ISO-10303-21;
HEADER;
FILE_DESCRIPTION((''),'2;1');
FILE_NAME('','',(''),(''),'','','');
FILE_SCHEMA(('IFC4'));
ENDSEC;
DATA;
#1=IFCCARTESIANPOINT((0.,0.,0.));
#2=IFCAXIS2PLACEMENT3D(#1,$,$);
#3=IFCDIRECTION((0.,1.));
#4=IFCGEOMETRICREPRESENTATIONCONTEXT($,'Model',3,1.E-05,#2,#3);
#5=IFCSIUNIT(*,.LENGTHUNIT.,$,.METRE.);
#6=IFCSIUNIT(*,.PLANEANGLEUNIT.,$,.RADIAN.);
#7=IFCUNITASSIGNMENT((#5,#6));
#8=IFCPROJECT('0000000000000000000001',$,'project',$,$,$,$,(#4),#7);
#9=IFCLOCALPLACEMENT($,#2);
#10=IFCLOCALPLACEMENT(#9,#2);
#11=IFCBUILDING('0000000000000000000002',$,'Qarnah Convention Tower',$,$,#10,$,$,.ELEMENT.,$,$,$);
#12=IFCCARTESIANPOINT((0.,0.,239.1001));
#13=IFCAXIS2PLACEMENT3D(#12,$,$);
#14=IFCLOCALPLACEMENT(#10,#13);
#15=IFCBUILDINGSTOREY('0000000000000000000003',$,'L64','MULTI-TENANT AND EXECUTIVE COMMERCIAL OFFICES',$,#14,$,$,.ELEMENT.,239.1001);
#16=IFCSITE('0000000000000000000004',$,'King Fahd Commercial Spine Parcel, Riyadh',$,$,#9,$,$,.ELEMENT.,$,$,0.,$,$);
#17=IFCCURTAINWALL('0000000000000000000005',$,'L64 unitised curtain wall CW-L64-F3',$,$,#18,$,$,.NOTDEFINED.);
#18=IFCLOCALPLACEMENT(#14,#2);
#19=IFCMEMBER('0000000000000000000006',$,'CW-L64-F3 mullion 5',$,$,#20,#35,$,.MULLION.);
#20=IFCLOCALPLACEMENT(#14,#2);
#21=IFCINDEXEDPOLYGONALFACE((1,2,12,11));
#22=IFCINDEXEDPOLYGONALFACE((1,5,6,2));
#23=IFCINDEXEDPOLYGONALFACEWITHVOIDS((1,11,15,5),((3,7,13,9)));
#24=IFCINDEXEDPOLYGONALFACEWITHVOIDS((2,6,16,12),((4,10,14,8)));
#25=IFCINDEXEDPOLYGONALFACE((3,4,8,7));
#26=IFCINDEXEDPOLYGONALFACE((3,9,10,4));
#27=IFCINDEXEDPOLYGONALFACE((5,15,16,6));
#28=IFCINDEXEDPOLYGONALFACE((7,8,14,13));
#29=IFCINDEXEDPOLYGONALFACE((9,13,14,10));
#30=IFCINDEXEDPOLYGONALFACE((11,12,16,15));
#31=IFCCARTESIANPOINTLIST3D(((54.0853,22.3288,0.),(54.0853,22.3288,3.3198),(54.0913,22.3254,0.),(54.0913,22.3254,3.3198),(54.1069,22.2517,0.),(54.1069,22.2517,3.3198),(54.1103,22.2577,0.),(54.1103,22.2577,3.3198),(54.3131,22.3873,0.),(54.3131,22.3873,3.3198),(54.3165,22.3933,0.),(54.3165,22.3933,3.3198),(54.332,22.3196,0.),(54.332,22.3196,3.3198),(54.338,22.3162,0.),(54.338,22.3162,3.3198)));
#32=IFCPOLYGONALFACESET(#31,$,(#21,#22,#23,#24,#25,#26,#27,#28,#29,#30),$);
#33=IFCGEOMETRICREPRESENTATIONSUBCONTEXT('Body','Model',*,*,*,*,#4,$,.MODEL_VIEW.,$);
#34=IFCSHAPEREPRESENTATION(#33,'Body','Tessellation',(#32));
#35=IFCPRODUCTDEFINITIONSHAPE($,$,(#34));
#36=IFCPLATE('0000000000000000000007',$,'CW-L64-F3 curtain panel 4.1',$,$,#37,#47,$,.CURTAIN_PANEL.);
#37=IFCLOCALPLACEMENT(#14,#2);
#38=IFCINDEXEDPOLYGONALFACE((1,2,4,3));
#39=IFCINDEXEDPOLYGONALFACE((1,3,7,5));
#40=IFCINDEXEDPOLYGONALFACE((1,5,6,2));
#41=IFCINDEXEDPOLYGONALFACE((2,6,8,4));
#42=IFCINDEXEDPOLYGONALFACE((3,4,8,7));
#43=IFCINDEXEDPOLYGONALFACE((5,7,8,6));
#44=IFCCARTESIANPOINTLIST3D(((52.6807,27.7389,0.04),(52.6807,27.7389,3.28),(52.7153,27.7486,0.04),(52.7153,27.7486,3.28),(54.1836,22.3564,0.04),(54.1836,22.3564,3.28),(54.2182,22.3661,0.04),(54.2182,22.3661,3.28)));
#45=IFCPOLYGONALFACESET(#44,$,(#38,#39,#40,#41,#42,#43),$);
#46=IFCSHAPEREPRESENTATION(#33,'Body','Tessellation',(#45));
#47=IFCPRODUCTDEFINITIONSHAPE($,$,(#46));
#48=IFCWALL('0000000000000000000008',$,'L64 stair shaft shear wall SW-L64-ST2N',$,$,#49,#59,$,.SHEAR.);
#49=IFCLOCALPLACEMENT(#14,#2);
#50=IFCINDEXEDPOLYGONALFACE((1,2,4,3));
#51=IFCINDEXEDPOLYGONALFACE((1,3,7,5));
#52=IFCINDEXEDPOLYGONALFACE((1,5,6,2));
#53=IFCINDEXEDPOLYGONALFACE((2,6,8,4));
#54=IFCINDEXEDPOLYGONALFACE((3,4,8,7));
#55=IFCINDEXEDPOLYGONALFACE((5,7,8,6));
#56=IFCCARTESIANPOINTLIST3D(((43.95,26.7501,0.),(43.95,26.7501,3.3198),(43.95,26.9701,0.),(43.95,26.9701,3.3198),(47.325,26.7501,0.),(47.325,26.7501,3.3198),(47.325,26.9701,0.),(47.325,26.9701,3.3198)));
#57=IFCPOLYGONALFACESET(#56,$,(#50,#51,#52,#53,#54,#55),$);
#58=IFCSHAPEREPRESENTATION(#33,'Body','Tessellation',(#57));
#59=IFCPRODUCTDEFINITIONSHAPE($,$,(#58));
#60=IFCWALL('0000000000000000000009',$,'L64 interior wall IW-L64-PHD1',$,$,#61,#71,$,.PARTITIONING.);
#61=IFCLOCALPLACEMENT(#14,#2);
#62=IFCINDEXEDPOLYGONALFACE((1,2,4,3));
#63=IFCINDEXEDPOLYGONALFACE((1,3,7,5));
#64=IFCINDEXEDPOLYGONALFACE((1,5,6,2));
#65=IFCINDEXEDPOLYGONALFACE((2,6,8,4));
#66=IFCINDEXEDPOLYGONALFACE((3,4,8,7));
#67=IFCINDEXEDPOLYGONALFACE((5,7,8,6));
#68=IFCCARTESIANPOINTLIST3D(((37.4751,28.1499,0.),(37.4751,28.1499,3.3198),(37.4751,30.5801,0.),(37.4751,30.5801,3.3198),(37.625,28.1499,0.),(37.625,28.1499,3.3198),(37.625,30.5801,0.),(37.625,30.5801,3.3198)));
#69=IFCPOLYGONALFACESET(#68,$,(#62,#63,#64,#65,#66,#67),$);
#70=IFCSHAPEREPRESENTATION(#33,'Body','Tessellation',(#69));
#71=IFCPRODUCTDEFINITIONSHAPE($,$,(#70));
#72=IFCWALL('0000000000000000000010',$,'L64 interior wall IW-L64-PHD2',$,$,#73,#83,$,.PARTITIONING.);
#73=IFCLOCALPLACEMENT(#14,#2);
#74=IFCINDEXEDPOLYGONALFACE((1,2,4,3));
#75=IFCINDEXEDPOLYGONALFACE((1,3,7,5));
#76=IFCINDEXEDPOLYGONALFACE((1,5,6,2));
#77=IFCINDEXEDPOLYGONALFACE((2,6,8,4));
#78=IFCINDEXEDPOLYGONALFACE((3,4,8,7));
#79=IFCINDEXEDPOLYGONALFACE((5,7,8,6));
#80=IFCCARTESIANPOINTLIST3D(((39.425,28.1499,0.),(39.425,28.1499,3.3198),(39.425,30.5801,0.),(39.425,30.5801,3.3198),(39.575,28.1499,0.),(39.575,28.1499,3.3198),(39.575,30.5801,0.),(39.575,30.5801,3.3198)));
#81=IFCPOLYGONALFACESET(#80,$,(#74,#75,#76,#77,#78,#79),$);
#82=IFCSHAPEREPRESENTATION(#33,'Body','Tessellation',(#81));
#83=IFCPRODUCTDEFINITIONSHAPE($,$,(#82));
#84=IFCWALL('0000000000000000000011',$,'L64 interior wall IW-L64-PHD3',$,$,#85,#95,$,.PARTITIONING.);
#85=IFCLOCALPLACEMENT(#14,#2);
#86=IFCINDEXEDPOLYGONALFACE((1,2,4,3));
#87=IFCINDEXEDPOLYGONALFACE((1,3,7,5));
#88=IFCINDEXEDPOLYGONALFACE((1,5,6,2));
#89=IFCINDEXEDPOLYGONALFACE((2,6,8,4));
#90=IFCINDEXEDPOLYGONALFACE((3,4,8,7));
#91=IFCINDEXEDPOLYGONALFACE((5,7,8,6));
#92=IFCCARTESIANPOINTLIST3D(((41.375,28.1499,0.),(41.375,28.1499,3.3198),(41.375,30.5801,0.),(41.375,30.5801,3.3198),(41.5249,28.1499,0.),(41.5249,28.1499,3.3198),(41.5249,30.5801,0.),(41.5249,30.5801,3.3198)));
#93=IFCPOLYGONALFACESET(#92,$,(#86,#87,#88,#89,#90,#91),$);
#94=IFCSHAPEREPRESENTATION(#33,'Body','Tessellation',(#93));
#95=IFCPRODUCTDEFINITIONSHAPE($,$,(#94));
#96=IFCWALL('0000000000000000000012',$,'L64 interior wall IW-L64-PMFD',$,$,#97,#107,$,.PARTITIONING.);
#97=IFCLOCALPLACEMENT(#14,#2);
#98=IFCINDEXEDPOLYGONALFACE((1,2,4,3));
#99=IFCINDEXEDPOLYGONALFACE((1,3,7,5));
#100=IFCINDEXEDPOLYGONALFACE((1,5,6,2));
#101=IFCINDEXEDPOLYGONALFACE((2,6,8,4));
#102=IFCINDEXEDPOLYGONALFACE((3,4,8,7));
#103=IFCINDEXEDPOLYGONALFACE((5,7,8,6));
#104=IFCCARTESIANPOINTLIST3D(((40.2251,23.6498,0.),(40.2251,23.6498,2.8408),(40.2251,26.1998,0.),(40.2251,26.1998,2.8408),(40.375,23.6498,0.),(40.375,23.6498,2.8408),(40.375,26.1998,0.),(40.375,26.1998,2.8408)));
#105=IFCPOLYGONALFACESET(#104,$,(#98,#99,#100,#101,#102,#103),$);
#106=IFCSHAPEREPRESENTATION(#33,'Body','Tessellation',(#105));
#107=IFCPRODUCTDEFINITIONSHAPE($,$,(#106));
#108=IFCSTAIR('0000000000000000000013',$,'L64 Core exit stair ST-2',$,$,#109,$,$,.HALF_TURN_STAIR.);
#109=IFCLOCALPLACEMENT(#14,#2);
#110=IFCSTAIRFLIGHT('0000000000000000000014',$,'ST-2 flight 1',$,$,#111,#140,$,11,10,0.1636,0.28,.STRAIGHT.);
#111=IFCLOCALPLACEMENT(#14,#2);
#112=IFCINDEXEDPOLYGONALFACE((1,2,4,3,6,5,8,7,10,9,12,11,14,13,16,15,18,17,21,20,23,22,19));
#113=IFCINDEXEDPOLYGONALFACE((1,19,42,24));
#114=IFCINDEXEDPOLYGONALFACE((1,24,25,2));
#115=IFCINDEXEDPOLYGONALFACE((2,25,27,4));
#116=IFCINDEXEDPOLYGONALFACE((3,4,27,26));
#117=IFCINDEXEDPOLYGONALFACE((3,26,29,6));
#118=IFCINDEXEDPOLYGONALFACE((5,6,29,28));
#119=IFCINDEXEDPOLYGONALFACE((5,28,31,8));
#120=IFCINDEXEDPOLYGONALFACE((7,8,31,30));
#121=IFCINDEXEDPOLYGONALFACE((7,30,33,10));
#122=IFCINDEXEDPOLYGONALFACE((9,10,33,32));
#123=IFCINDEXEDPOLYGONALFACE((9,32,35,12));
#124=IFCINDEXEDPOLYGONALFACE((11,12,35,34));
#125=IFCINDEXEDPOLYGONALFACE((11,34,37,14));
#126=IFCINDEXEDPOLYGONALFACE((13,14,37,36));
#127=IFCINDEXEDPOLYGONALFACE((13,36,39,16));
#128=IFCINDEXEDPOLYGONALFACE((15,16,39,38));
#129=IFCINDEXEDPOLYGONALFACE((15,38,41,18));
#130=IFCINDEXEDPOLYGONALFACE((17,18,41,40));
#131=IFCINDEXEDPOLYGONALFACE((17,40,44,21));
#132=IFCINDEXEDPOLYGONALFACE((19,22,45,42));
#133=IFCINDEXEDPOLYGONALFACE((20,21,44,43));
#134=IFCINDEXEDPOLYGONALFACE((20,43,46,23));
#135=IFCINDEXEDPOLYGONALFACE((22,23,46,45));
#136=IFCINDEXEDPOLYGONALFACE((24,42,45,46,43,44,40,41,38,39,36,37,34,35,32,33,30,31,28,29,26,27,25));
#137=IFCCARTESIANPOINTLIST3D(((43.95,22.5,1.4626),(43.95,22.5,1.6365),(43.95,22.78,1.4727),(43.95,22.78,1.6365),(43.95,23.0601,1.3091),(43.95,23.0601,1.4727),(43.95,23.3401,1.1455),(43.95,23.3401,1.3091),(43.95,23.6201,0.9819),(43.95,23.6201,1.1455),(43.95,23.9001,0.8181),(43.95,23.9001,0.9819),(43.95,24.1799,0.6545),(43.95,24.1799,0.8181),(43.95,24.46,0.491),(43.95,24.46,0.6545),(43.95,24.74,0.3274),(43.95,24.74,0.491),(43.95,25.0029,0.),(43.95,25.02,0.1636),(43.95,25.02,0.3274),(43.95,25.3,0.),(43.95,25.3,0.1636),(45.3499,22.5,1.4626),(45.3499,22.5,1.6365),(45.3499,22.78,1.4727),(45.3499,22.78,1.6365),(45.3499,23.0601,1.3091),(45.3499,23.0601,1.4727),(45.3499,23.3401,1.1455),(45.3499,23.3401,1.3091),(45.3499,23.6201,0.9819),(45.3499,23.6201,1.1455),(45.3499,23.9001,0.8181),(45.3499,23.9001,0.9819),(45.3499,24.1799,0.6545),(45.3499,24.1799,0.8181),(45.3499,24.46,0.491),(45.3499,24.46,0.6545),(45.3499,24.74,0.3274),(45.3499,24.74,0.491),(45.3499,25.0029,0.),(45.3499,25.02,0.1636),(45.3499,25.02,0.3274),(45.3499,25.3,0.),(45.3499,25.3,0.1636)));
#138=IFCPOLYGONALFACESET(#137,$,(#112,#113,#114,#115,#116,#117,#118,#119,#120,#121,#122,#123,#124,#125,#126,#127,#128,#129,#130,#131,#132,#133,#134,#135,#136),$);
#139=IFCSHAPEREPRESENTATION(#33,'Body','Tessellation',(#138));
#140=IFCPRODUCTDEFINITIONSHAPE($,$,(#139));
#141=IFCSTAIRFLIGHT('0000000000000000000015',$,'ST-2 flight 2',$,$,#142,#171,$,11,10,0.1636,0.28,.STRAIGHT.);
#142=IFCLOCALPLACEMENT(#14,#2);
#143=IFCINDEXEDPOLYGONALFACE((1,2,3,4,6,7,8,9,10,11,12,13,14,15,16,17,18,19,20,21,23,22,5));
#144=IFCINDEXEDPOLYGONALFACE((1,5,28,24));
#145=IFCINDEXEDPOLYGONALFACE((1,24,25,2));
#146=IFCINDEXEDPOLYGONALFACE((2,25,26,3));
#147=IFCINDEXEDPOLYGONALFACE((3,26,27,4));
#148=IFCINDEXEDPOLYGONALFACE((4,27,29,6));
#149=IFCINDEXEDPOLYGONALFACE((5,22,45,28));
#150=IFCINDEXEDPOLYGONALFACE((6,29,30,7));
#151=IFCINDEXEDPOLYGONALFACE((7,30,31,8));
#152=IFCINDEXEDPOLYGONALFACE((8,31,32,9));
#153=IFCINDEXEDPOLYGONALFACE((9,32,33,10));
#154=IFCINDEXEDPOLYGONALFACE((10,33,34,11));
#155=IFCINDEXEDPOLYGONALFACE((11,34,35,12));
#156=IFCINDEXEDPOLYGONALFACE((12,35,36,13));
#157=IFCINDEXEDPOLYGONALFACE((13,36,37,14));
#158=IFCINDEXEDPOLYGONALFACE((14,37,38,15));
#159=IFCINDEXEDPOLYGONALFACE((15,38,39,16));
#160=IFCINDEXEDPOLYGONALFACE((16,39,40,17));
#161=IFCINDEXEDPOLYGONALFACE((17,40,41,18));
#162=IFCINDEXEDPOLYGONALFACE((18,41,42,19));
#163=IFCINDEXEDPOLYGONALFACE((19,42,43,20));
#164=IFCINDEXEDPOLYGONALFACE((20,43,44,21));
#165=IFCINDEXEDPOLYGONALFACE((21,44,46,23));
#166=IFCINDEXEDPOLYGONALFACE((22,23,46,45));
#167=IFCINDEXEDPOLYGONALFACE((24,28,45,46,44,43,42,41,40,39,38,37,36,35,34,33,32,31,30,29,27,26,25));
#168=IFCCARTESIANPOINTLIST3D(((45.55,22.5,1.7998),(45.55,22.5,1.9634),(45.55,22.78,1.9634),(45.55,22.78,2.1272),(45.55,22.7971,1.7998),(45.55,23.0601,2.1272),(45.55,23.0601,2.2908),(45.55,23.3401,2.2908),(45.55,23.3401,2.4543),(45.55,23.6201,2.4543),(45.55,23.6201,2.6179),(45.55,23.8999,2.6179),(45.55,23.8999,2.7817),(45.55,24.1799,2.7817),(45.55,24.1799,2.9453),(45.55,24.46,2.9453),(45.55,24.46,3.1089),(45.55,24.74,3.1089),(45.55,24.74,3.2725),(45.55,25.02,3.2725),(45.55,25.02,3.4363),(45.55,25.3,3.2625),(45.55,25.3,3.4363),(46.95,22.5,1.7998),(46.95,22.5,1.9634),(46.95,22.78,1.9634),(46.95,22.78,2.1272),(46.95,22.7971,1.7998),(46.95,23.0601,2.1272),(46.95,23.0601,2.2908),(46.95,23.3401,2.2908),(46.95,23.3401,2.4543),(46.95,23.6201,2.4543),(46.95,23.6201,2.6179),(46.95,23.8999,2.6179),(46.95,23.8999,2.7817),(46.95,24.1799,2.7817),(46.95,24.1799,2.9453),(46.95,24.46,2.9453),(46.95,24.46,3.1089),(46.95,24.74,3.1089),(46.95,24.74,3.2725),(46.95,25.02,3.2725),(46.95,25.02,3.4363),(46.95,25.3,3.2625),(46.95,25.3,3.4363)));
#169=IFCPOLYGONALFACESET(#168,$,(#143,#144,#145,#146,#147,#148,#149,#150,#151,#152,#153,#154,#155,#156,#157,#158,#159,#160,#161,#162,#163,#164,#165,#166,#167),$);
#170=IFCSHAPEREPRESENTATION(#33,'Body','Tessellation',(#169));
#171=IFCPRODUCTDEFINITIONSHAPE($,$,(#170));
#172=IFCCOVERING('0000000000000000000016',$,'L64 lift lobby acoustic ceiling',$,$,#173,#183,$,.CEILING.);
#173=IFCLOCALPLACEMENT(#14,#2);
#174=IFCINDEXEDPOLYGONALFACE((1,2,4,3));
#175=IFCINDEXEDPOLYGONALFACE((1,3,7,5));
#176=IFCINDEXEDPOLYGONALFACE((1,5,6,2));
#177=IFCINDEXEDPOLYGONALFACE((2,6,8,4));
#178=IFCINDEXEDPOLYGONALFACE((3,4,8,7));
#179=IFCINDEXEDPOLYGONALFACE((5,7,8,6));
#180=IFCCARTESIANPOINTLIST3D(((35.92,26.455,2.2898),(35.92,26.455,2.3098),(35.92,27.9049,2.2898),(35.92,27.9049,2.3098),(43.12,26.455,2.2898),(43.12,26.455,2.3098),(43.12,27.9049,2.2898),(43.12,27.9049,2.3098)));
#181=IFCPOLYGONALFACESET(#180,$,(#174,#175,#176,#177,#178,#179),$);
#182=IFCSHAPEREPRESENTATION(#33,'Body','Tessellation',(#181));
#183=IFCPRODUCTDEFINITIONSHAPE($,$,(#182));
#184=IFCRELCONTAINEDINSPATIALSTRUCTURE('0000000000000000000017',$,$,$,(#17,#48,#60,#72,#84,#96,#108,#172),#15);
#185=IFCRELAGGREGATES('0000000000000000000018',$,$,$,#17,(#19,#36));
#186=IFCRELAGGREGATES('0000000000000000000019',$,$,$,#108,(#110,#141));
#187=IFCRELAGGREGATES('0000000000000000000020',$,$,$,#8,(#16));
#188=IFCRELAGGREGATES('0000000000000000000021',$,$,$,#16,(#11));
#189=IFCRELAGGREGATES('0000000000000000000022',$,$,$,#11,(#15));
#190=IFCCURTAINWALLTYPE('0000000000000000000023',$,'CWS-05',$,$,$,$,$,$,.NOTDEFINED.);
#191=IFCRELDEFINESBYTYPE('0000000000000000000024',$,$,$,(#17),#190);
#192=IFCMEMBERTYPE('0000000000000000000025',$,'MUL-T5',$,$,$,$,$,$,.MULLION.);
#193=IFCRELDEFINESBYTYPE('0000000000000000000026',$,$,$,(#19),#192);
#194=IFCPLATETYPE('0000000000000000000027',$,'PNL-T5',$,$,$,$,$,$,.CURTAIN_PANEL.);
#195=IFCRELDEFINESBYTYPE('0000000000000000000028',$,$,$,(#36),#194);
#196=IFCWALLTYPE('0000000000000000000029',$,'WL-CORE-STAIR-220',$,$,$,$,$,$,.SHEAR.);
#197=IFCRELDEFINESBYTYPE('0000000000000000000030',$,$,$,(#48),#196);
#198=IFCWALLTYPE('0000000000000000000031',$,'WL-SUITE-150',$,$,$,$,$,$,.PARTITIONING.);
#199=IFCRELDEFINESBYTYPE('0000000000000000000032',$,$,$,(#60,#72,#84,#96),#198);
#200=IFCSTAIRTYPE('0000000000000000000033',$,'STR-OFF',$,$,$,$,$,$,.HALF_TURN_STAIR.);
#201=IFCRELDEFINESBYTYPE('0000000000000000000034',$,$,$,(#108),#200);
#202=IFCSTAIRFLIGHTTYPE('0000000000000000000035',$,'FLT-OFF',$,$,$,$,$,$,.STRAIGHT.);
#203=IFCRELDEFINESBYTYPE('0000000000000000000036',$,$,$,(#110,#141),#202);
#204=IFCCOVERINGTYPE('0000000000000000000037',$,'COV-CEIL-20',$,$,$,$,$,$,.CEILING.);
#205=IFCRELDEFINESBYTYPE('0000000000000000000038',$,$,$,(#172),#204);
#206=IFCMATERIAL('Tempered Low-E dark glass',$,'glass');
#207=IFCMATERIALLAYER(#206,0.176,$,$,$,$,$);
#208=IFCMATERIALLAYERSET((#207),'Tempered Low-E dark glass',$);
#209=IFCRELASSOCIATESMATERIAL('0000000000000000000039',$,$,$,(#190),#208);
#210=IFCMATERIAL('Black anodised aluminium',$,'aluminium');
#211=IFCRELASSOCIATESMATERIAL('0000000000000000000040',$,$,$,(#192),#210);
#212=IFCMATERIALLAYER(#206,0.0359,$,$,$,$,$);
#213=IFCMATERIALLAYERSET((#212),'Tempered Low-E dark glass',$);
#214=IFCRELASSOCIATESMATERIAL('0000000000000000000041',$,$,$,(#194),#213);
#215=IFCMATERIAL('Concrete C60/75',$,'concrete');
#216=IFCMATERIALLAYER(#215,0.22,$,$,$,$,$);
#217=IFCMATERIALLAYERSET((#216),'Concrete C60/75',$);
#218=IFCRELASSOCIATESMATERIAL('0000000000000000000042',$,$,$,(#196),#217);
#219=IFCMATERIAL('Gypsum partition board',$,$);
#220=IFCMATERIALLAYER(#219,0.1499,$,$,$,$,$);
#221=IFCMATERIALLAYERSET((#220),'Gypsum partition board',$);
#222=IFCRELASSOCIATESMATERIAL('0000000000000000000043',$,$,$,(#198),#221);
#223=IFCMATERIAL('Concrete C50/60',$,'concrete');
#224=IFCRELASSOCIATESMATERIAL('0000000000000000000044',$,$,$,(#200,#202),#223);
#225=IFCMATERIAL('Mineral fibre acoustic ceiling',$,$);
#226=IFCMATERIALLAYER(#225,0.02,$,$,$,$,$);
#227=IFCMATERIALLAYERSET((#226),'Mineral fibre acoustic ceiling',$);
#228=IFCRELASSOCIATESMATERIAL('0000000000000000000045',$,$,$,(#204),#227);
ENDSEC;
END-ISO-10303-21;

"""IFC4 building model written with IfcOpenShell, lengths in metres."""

from ifc_helpers import new_model, si_unit, direction, frame, frame_2d, origin, origin_2d, place, context, subcontext, project, spatial, polyline, rectangle, hollow_rectangle, outline, extrude, material, layer, layer_set, material_profile, profile_set, type_object, element, aggregate, save


model = new_model("IFC4")

# Units and contexts
model_context = context("Model", 3, precision=1e-05, world=origin(), true_north=direction((0.0, 1.0)))
body_context = subcontext(model_context, "Body", "Model", "MODEL_VIEW")
ifc_project = project(units=[si_unit("LENGTHUNIT", "METRE"), si_unit("PLANEANGLEUNIT", "RADIAN")], contexts=[model_context])

# Site, building, storey
site_placement = place(None, origin())
site = spatial("IfcSite", under=ifc_project, at=site_placement, Name="King Fahd Commercial Spine Parcel, Riyadh", CompositionType="ELEMENT", RefElevation=0.0)
building_placement = place(site_placement, origin())
building = spatial("IfcBuilding", under=site, at=building_placement, Name="Qarnah Convention Tower", CompositionType="ELEMENT")
storey_placement = place(building_placement, frame((0.0, 0.0, 239.1001)))
storey = spatial("IfcBuildingStorey", under=building, at=storey_placement, Name="L64", Description="MULTI-TENANT AND EXECUTIVE COMMERCIAL OFFICES", CompositionType="ELEMENT", Elevation=239.1001)

# Curtain wall, member, plate
ifc_material_1 = material(Name="Tempered Low-E dark glass", Category="glass")
ifc_layer_1 = layer(ifc_material_1, 0.176)
ifc_layer_set_1 = layer_set([ifc_layer_1], Name="Tempered Low-E dark glass")
curtain_wall_type = type_object("IfcCurtainWallType", Name="CWS-05", PredefinedType="NOTDEFINED", material=ifc_layer_set_1)
curtain_wall_placement = place(storey_placement, origin())
curtain_wall = element("IfcCurtainWall", 1, at=curtain_wall_placement, inside=storey, type_object=curtain_wall_type, Name="L64 unitised curtain wall CW-L64-F3", PredefinedType="NOTDEFINED")
ifc_material_2 = material(Name="Black anodised aluminium", Category="aluminium")
ifc_material_profile_1 = material_profile(ifc_material_2, hollow_rectangle(XDim=0.0801, YDim=0.24, WallThickness=0.0049, at=origin_2d()), Name="MUL-80X240")
ifc_profile_set_1 = profile_set([ifc_material_profile_1], Name="Black anodised aluminium")
member_type = type_object("IfcMemberType", Name="MUL-T5", PredefinedType="MULLION", material=ifc_profile_set_1)
member_1_placement = place(storey_placement, frame((54.2117, 22.3225, 0.0), z_axis=(0.0, 0.0, 1.0), x_axis=(0.268928, -0.96316, 0.0)))
member_1 = element("IfcMember", 2, at=member_1_placement, type_object=member_type, Name="CW-L64-F3 mullion 5", PredefinedType="MULLION", context=body_context, shape_type="SweptSolid", body=[
    extrude(hollow_rectangle(XDim=0.0801, YDim=0.24, WallThickness=0.0049, at=origin_2d()), origin(), (0.0, 0.0, 1.0), 3.3198),
])
ifc_layer_2 = layer(ifc_material_1, 0.0359)
ifc_layer_set_2 = layer_set([ifc_layer_2], Name="Tempered Low-E dark glass")
plate_type = type_object("IfcPlateType", Name="PNL-T5", PredefinedType="CURTAIN_PANEL", material=ifc_layer_set_2)
plate_placement = place(storey_placement, frame((53.4495, 25.0525, 0.04), z_axis=(0.0, 0.0, 1.0), x_axis=(0.268928, -0.96316, 0.0)))
plate = element("IfcPlate", 3, at=plate_placement, type_object=plate_type, Name="CW-L64-F3 curtain panel 4.1", PredefinedType="CURTAIN_PANEL", context=body_context, shape_type="SweptSolid", body=[
    extrude(rectangle(XDim=5.5884, YDim=0.0359, at=origin_2d()), origin(), (0.0, 0.0, 1.0), 3.24),
])
aggregate(curtain_wall, [member_1, plate])

# Walls
ifc_material_3 = material(Name="Concrete C60/75", Category="concrete")
ifc_layer_3 = layer(ifc_material_3, 0.22)
ifc_layer_set_3 = layer_set([ifc_layer_3], Name="Concrete C60/75")
wall_type_1 = type_object("IfcWallType", Name="WL-CORE-STAIR-220", PredefinedType="SHEAR", material=ifc_layer_set_3)
wall_1_placement = place(storey_placement, frame((43.95, 26.8601, 0.0), z_axis=(0.0, 0.0, 1.0), x_axis=(1.0, 0.0, 0.0)))
element("IfcWall", 4, at=wall_1_placement, inside=storey, type_object=wall_type_1, Name="L64 stair shaft shear wall SW-L64-ST2N", PredefinedType="SHEAR", context=body_context, shape_type="SweptSolid", body=[
    extrude(rectangle(XDim=3.375, YDim=0.22, at=frame_2d((1.6875, 0.0))), origin(), (0.0, 0.0, 1.0), 3.3198),
])
ifc_material_4 = material(Name="Gypsum partition board")
ifc_layer_4 = layer(ifc_material_4, 0.1499)
ifc_layer_set_4 = layer_set([ifc_layer_4], Name="Gypsum partition board")
wall_type_2 = type_object("IfcWallType", Name="WL-SUITE-150", PredefinedType="PARTITIONING", material=ifc_layer_set_4)
for number, where, z_axis, x_axis, name in (
    (5, (37.55, 28.1499, 0.0), (0.0, 0.0, 1.0), (0.0, 1.0, 0.0), "L64 interior wall IW-L64-PHD1"),
    (6, (39.5, 28.1499, 0.0), (0.0, 0.0, 1.0), (0.0, 1.0, 0.0), "L64 interior wall IW-L64-PHD2"),
    (7, (41.45, 28.1499, 0.0), (0.0, 0.0, 1.0), (0.0, 1.0, 0.0), "L64 interior wall IW-L64-PHD3"),
):
    element("IfcWall", number, at=place(storey_placement, frame(where, z_axis=z_axis, x_axis=x_axis)), inside=storey, type_object=wall_type_2, Name=name, PredefinedType="PARTITIONING", context=body_context, shape_type="SweptSolid", body=[
        extrude(rectangle(XDim=2.4302, YDim=0.1499, at=frame_2d((1.2151, 0.0))), origin(), (0.0, 0.0, 1.0), 3.3198),
    ])
wall_2_placement = place(storey_placement, frame((40.3, 23.6499, 0.0), z_axis=(0.0, 0.0, 1.0), x_axis=(0.0, 1.0, 0.0)))
element("IfcWall", 8, at=wall_2_placement, inside=storey, type_object=wall_type_2, Name="L64 interior wall IW-L64-PMFD", PredefinedType="PARTITIONING", context=body_context, shape_type="SweptSolid", body=[
    extrude(rectangle(XDim=2.55, YDim=0.1499, at=frame_2d((1.2749, 0.0))), origin(), (0.0, 0.0, 1.0), 2.8408),
])

# Stair, stair flights
ifc_material_5 = material(Name="Concrete C50/60", Category="concrete")
stair_type = type_object("IfcStairType", Name="STR-OFF", PredefinedType="HALF_TURN_STAIR", material=ifc_material_5)
stair_placement = place(storey_placement, origin())
stair = element("IfcStair", 9, at=stair_placement, inside=storey, type_object=stair_type, Name="L64 Core exit stair ST-2", PredefinedType="HALF_TURN_STAIR")
stair_flight_type = type_object("IfcStairFlightType", Name="FLT-OFF", PredefinedType="STRAIGHT", material=ifc_material_5)
stair_flight_1_placement = place(storey_placement, frame((44.6499, 25.3, 0.0), z_axis=(0.0, 0.0, 1.0), x_axis=(0.0, -1.0, 0.0)))
stair_flight_1 = element("IfcStairFlight", 10, at=stair_flight_1_placement, type_object=stair_flight_type, Name="ST-2 flight 1", NumberOfRisers=11, NumberOfTreads=10, PredefinedType="STRAIGHT", RiserHeight=0.1636, TreadLength=0.28, context=body_context, shape_type="SweptSolid", body=[
    extrude(outline(polyline([(0.0, 0.0), (0.0, 0.1636), (0.28, 0.1636), (0.28, 0.3274), (0.5601, 0.3274), (0.5601, 0.491), (0.8401, 0.491), (0.8401, 0.6545), (1.1201, 0.6545), (1.1201, 0.8181), (1.3999, 0.8181), (1.3999, 0.9819), (1.6799, 0.9819), (1.6799, 1.1455), (1.96, 1.1455), (1.96, 1.3091), (2.24, 1.3091), (2.24, 1.4727), (2.52, 1.4727), (2.52, 1.6365), (2.8, 1.6365), (2.8, 1.8), (2.8, 1.4626), (0.2971, 0.0), (0.0, 0.0)])), frame((0.0, 0.7, 0.0), z_axis=(0.0, -1.0, 0.0), x_axis=(1.0, 0.0, 0.0)), (0.0, 0.0, 1.0), 1.3999),
])
stair_flight_2_placement = place(storey_placement, frame((46.25, 22.5, 1.7998), z_axis=(0.0, 0.0, 1.0), x_axis=(0.0, 1.0, 0.0)))
stair_flight_2 = element("IfcStairFlight", 11, at=stair_flight_2_placement, type_object=stair_flight_type, Name="ST-2 flight 2", NumberOfRisers=11, NumberOfTreads=10, PredefinedType="STRAIGHT", RiserHeight=0.1636, TreadLength=0.28, context=body_context, shape_type="SweptSolid", body=[
    extrude(outline(polyline([(0.0, 0.0), (0.0, 0.1636), (0.28, 0.1636), (0.28, 0.3274), (0.5601, 0.3274), (0.5601, 0.491), (0.8401, 0.491), (0.8401, 0.6545), (1.1201, 0.6545), (1.1201, 0.8181), (1.3999, 0.8181), (1.3999, 0.9819), (1.6799, 0.9819), (1.6799, 1.1455), (1.96, 1.1455), (1.96, 1.3091), (2.24, 1.3091), (2.24, 1.4727), (2.52, 1.4727), (2.52, 1.6365), (2.8, 1.6365), (2.8, 1.8), (2.8, 1.4626), (0.2971, 0.0), (0.0, 0.0)])), frame((0.0, 0.7, 0.0), z_axis=(0.0, -1.0, 0.0), x_axis=(1.0, 0.0, 0.0)), (0.0, 0.0, 1.0), 1.3999),
])
aggregate(stair, [stair_flight_1, stair_flight_2])

# Covering
ifc_material_6 = material(Name="Mineral fibre acoustic ceiling")
ifc_layer_5 = layer(ifc_material_6, 0.02)
ifc_layer_set_5 = layer_set([ifc_layer_5], Name="Mineral fibre acoustic ceiling")
covering_type = type_object("IfcCoveringType", Name="COV-CEIL-20", PredefinedType="CEILING", material=ifc_layer_set_5)
covering_placement = place(storey_placement, frame((39.52, 27.1799, 2.2898), z_axis=(0.0, 0.0, 1.0), x_axis=(1.0, 0.0, 0.0)))
element("IfcCovering", 12, at=covering_placement, inside=storey, type_object=covering_type, Name="L64 lift lobby acoustic ceiling", PredefinedType="CEILING", context=body_context, shape_type="SweptSolid", body=[
    extrude(rectangle(XDim=7.2, YDim=1.45, at=origin_2d()), origin(), (0.0, 0.0, 1.0), 0.02),
])

save(model, "model.ifc")
